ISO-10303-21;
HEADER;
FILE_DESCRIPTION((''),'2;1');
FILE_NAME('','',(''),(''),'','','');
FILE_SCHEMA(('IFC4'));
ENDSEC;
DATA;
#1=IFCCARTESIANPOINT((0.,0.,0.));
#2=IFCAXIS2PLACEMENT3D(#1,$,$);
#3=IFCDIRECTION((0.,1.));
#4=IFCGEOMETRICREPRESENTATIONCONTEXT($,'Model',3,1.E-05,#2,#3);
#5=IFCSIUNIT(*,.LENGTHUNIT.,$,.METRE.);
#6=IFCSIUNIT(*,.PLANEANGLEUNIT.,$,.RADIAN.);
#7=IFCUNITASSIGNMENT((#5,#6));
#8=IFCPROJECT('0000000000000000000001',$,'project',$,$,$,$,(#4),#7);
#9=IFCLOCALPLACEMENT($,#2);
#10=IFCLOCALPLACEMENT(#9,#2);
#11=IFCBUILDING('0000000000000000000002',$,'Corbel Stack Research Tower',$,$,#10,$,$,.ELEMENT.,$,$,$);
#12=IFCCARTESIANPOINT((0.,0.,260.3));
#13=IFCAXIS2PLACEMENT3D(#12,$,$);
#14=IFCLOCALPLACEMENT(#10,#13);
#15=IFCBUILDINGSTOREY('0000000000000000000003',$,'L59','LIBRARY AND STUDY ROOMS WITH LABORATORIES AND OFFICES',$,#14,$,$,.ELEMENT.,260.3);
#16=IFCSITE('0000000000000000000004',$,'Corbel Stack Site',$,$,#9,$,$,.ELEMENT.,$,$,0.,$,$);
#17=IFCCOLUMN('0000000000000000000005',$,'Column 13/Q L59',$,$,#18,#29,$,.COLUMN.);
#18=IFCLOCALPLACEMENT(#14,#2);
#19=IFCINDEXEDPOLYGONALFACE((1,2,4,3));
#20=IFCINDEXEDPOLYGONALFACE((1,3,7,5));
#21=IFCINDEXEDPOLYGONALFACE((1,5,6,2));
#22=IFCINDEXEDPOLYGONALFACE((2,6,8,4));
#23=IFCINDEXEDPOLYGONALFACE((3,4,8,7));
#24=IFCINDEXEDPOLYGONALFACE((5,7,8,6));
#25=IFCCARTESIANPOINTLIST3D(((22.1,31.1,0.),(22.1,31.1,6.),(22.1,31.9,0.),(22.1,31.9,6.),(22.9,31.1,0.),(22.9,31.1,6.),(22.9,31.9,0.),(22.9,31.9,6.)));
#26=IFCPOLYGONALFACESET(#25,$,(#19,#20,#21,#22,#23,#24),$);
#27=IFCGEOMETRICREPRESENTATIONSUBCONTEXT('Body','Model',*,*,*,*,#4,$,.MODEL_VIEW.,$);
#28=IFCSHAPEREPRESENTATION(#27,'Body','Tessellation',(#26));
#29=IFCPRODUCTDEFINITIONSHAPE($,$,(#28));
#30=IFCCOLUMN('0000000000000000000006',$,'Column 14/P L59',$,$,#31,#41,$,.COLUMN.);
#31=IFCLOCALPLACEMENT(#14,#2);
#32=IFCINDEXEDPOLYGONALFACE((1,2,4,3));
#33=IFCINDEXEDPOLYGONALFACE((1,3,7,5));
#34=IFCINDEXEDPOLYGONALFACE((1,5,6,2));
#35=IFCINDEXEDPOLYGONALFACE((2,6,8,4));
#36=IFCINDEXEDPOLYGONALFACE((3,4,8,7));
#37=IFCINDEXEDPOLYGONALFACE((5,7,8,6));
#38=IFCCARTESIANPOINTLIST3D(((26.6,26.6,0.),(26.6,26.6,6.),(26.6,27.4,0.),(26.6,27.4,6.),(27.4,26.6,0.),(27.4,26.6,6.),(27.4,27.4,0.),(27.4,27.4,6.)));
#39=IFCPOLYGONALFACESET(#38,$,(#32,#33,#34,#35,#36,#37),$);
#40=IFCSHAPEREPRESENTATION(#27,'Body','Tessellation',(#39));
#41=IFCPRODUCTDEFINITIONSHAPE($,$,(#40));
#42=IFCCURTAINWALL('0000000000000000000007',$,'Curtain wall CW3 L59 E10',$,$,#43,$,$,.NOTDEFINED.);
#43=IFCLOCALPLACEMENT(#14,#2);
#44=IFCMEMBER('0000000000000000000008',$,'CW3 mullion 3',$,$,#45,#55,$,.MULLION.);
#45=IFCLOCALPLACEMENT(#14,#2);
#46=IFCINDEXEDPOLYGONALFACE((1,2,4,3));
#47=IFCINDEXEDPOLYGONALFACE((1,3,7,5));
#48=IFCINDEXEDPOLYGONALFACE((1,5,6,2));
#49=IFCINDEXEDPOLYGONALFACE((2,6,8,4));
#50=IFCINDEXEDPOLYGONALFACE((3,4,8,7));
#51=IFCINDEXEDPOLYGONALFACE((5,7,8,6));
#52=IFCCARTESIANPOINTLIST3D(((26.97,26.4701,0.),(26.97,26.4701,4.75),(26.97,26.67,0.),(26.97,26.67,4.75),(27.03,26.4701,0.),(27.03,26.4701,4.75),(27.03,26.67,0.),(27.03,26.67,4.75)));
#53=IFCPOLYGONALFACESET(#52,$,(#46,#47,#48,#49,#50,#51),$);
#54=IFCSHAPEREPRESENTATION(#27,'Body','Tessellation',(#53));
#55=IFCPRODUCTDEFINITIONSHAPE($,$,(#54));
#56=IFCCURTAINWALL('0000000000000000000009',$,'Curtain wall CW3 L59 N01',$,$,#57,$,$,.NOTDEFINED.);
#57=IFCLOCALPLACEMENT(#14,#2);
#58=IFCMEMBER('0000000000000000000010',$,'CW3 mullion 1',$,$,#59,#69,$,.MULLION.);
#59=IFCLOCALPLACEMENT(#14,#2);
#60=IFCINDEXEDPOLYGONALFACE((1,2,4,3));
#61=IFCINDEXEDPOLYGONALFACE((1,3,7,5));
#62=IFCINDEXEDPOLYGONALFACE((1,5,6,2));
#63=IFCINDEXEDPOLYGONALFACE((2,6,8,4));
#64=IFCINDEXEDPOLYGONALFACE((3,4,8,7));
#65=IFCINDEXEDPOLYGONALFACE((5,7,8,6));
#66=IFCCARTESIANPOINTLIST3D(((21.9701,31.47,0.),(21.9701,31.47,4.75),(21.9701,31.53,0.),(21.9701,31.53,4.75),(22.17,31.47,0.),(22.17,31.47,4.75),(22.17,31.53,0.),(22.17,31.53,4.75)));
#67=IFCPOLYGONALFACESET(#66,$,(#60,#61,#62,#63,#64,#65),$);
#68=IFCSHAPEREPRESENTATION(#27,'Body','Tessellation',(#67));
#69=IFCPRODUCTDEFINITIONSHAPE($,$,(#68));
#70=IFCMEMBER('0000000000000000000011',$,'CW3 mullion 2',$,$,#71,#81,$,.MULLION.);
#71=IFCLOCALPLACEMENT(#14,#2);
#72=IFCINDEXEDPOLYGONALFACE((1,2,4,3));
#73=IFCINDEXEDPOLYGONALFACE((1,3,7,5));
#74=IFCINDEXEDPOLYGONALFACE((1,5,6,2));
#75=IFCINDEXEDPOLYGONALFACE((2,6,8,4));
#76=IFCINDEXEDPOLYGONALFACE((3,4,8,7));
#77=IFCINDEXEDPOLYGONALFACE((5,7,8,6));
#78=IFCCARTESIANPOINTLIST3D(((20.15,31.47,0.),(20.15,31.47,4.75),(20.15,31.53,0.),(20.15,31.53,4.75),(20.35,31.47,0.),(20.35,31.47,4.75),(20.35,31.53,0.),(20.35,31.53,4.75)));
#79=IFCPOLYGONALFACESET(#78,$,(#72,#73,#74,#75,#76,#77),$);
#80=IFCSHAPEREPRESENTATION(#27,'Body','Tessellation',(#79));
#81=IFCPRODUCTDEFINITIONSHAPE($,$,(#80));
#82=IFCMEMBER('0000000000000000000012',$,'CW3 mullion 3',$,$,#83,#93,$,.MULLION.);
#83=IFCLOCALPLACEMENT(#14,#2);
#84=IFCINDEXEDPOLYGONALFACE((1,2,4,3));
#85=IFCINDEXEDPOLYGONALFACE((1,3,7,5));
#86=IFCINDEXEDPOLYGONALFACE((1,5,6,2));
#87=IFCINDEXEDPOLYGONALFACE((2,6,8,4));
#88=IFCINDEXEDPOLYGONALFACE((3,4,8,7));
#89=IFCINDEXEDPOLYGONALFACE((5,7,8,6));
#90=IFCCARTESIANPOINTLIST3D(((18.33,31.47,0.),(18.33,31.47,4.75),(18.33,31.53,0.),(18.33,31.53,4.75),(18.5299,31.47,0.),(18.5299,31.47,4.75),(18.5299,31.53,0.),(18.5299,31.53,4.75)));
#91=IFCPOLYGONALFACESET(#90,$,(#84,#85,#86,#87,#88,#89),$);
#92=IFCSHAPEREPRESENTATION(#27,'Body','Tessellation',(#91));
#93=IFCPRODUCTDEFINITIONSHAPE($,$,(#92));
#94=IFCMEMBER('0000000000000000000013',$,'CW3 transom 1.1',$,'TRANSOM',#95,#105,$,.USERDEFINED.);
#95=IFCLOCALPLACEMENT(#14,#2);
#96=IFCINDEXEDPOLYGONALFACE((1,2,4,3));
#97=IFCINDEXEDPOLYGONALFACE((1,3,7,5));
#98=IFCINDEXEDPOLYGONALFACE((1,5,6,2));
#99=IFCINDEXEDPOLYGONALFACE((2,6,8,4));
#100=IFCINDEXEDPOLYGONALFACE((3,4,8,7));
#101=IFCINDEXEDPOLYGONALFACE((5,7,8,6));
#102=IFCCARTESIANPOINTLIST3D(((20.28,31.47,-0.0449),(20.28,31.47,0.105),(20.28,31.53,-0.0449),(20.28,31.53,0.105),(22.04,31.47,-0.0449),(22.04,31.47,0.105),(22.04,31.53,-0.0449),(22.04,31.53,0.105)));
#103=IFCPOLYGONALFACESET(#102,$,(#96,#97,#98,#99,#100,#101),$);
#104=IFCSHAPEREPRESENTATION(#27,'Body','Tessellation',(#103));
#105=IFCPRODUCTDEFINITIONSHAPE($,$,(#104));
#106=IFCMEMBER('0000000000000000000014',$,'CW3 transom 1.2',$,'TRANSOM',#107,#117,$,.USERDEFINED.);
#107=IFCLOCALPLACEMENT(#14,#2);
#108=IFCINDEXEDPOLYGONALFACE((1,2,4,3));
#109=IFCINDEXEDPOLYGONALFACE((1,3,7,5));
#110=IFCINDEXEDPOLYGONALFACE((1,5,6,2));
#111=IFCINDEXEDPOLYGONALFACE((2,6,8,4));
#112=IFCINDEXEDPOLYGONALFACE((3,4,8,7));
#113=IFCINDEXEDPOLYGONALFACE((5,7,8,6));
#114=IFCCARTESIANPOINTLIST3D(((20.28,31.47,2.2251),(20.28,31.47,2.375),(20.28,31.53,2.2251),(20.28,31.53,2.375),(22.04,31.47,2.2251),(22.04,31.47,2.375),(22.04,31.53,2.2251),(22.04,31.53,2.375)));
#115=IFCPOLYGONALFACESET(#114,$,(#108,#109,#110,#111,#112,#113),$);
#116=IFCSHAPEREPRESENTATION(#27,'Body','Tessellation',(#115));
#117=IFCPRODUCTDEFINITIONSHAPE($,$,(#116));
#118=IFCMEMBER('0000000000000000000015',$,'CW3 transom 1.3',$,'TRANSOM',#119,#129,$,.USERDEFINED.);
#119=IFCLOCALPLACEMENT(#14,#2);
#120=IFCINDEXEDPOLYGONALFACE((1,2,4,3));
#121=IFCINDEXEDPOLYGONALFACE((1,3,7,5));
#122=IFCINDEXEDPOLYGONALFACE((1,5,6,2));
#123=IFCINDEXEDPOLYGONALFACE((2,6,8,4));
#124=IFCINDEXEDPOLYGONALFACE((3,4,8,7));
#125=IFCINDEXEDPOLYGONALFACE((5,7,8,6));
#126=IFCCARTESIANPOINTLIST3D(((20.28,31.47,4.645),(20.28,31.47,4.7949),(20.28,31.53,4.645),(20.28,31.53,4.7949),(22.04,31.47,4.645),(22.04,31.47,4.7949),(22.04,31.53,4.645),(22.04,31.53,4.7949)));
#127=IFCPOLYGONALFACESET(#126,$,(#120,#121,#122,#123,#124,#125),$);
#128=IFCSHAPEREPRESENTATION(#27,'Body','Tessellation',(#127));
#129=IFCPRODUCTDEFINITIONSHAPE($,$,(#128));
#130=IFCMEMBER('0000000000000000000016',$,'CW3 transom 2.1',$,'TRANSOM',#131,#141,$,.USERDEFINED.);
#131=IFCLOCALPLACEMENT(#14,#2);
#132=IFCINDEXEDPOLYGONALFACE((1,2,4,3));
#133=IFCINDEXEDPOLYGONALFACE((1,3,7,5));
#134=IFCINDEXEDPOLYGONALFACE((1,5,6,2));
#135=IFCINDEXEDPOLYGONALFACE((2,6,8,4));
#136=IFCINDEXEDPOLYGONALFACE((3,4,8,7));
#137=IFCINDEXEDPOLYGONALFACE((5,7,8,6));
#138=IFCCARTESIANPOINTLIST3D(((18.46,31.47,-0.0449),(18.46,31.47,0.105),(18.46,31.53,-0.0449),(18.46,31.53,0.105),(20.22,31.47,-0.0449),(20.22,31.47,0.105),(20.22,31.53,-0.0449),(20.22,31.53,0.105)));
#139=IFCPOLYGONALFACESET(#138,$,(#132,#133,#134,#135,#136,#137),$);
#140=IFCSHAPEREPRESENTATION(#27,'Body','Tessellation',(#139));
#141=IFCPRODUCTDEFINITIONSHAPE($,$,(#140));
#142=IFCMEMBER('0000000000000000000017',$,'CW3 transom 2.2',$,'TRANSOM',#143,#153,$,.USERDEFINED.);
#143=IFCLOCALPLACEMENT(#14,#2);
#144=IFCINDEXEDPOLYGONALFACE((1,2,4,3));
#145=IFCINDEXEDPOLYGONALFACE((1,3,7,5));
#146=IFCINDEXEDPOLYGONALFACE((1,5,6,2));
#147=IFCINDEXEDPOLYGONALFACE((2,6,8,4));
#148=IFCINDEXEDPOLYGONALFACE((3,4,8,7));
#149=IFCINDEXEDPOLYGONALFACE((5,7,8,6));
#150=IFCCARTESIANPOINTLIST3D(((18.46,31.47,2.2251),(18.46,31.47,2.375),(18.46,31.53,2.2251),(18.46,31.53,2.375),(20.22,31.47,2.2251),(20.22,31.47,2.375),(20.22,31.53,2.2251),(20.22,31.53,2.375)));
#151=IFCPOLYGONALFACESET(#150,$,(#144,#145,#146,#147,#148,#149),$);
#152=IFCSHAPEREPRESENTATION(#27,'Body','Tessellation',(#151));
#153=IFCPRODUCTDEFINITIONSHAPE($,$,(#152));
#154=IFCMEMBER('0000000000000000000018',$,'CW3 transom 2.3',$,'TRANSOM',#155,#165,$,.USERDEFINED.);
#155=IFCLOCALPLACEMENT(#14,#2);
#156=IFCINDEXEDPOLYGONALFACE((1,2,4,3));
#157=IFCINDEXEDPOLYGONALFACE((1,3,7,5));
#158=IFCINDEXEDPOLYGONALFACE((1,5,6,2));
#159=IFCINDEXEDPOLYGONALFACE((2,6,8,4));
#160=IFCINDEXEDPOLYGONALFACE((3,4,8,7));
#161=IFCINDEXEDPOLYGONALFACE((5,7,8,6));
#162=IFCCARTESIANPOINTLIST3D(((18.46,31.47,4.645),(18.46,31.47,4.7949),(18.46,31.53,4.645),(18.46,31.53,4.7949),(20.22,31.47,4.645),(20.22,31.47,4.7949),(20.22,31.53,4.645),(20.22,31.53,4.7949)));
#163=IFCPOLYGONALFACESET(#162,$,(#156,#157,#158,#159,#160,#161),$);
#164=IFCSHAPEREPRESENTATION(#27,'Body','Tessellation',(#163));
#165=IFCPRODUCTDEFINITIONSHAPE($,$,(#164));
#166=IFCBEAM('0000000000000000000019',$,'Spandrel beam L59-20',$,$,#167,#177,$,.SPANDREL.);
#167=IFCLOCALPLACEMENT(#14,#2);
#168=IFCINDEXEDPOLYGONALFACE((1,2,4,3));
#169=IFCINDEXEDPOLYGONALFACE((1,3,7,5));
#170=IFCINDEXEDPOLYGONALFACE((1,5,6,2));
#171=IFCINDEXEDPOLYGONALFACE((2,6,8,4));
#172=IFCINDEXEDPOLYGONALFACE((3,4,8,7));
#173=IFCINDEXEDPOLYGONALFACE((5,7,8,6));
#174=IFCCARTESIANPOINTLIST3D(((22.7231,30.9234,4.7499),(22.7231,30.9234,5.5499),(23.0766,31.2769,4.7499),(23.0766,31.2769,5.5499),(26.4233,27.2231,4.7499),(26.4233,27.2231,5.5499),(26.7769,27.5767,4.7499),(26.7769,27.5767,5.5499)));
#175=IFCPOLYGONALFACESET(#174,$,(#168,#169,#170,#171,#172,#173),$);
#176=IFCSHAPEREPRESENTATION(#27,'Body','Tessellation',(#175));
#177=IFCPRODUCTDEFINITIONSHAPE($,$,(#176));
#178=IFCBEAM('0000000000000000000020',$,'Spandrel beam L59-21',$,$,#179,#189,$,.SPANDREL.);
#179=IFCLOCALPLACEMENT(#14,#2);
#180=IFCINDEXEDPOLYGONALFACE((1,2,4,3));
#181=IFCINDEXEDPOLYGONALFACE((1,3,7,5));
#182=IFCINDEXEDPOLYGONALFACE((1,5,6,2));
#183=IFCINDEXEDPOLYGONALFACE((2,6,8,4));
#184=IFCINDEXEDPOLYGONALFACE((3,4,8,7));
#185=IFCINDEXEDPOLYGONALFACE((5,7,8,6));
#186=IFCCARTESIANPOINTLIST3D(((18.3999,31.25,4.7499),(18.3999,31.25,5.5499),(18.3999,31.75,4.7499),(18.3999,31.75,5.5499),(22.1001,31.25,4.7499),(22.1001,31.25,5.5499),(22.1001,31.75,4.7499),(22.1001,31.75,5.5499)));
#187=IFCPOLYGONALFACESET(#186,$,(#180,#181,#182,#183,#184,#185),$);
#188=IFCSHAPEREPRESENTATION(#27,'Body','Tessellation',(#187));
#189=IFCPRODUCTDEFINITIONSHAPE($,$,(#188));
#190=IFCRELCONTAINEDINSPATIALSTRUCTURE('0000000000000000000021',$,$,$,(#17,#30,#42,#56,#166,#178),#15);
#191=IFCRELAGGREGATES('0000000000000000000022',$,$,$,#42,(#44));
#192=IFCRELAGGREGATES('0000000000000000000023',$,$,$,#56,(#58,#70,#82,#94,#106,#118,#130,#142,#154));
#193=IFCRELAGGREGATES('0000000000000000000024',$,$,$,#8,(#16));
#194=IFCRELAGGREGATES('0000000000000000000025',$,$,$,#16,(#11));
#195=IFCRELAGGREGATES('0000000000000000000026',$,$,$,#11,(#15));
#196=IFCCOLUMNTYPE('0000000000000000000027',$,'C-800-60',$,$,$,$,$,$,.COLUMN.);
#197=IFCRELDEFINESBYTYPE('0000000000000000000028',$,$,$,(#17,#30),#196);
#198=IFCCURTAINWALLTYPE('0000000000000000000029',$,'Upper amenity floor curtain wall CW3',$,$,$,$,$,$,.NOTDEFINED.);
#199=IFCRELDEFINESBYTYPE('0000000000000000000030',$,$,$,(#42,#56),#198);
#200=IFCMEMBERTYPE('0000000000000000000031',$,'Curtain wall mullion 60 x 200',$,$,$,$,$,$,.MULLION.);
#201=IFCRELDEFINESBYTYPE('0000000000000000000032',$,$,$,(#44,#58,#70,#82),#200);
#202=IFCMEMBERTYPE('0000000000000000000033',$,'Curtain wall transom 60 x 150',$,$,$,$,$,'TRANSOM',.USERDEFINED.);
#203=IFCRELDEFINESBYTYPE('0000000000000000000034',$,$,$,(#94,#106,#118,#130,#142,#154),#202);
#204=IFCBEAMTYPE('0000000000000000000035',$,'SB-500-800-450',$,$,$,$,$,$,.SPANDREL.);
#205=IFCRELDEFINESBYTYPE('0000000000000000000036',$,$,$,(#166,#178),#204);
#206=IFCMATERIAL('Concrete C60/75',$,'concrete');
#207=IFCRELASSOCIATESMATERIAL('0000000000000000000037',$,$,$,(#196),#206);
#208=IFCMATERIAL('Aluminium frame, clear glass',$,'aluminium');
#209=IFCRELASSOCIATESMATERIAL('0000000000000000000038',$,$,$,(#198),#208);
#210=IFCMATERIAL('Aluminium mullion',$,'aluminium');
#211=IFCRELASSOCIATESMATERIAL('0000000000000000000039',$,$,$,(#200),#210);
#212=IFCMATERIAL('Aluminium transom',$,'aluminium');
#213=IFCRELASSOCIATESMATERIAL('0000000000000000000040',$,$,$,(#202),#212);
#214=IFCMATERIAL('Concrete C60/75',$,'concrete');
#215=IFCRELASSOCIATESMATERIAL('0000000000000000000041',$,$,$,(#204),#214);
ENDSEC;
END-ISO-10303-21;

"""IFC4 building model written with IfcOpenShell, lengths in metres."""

from ifc_helpers import new_model, si_unit, direction, frame, origin, origin_2d, place, context, subcontext, project, spatial, rectangle, extrude, material, material_profile, profile_set, type_object, element, aggregate, save


model = new_model("IFC4")

# Units and contexts
model_context = context("Model", 3, precision=1e-05, world=origin(), true_north=direction((0.0, 1.0)))
body_context = subcontext(model_context, "Body", "Model", "MODEL_VIEW")
ifc_project = project(units=[si_unit("LENGTHUNIT", "METRE"), si_unit("PLANEANGLEUNIT", "RADIAN")], contexts=[model_context])

# Site, building, storey
site_placement = place(None, origin())
site = spatial("IfcSite", under=ifc_project, at=site_placement, Name="Corbel Stack Site", CompositionType="ELEMENT", RefElevation=0.0)
building_placement = place(site_placement, origin())
building = spatial("IfcBuilding", under=site, at=building_placement, Name="Corbel Stack Research Tower", CompositionType="ELEMENT")
storey_placement = place(building_placement, frame((0.0, 0.0, 260.3)))
storey = spatial("IfcBuildingStorey", under=building, at=storey_placement, Name="L59", Description="LIBRARY AND STUDY ROOMS WITH LABORATORIES AND OFFICES", CompositionType="ELEMENT", Elevation=260.3)

# Columns
ifc_material_1 = material(Name="Concrete C60/75", Category="concrete")
ifc_material_profile_1 = material_profile(ifc_material_1, rectangle(XDim=0.8, YDim=0.8, at=origin_2d()), Name="RC 800 x 800")
ifc_profile_set_1 = profile_set([ifc_material_profile_1], Name="Concrete C60/75")
column_type = type_object("IfcColumnType", Name="C-800-60", PredefinedType="COLUMN", material=ifc_profile_set_1)
for number, where, z_axis, x_axis, name in (
    (1, (22.5, 31.5, 0.0), (0.0, 0.0, 1.0), (1.0, 0.0, 0.0), "Column 13/Q L59"),
    (2, (27.0, 27.0, 0.0), (0.0, 0.0, 1.0), (1.0, 0.0, 0.0), "Column 14/P L59"),
):
    element("IfcColumn", number, at=place(storey_placement, frame(where, z_axis=z_axis, x_axis=x_axis)), inside=storey, type_object=column_type, Name=name, PredefinedType="COLUMN", context=body_context, shape_type="SweptSolid", body=[
        extrude(rectangle(XDim=0.8, YDim=0.8, at=origin_2d()), origin(), (0.0, 0.0, 1.0), 6.0),
    ])

# Curtain wall, member
ifc_material_2 = material(Name="Aluminium frame, clear glass", Category="aluminium")
curtain_wall_type = type_object("IfcCurtainWallType", Name="Upper amenity floor curtain wall CW3", PredefinedType="NOTDEFINED", material=ifc_material_2)
curtain_wall_1_placement = place(storey_placement, origin())
curtain_wall_1 = element("IfcCurtainWall", 3, at=curtain_wall_1_placement, inside=storey, type_object=curtain_wall_type, Name="Curtain wall CW3 L59 E10", PredefinedType="NOTDEFINED")
ifc_material_3 = material(Name="Aluminium mullion", Category="aluminium")
ifc_material_profile_2 = material_profile(ifc_material_3, rectangle(XDim=0.0601, YDim=0.2, at=origin_2d()), Name="Mullion 60 x 200")
ifc_profile_set_2 = profile_set([ifc_material_profile_2], Name="Aluminium mullion")
member_type_1 = type_object("IfcMemberType", Name="Curtain wall mullion 60 x 200", PredefinedType="MULLION", material=ifc_profile_set_2)
member_1_placement = place(storey_placement, frame((27.0, 26.5701, 0.0), z_axis=(0.0, 0.0, 1.0), x_axis=(-1.0, 0.0, 0.0)))
member_1 = element("IfcMember", 4, at=member_1_placement, type_object=member_type_1, Name="CW3 mullion 3", PredefinedType="MULLION", context=body_context, shape_type="SweptSolid", body=[
    extrude(rectangle(XDim=0.0601, YDim=0.2, at=origin_2d()), origin(), (0.0, 0.0, 1.0), 4.75),
])
aggregate(curtain_wall_1, [member_1])

# Curtain wall, members
curtain_wall_2_placement = place(storey_placement, origin())
curtain_wall_2 = element("IfcCurtainWall", 5, at=curtain_wall_2_placement, inside=storey, type_object=curtain_wall_type, Name="Curtain wall CW3 L59 N01", PredefinedType="NOTDEFINED")
member_2_placement = place(storey_placement, frame((22.0701, 31.5, 0.0), z_axis=(0.0, 0.0, 1.0), x_axis=(0.0, -1.0, 0.0)))
member_2 = element("IfcMember", 6, at=member_2_placement, type_object=member_type_1, Name="CW3 mullion 1", PredefinedType="MULLION", context=body_context, shape_type="SweptSolid", body=[
    extrude(rectangle(XDim=0.0601, YDim=0.2, at=origin_2d()), origin(), (0.0, 0.0, 1.0), 4.75),
])
member_3_placement = place(storey_placement, frame((20.25, 31.5, 0.0), z_axis=(0.0, 0.0, 1.0), x_axis=(0.0, -1.0, 0.0)))
member_3 = element("IfcMember", 7, at=member_3_placement, type_object=member_type_1, Name="CW3 mullion 2", PredefinedType="MULLION", context=body_context, shape_type="SweptSolid", body=[
    extrude(rectangle(XDim=0.0601, YDim=0.2, at=origin_2d()), origin(), (0.0, 0.0, 1.0), 4.75),
])
member_4_placement = place(storey_placement, frame((18.4299, 31.5, 0.0), z_axis=(0.0, 0.0, 1.0), x_axis=(0.0, -1.0, 0.0)))
member_4 = element("IfcMember", 8, at=member_4_placement, type_object=member_type_1, Name="CW3 mullion 3", PredefinedType="MULLION", context=body_context, shape_type="SweptSolid", body=[
    extrude(rectangle(XDim=0.0601, YDim=0.2, at=origin_2d()), origin(), (0.0, 0.0, 1.0), 4.75),
])
ifc_material_4 = material(Name="Aluminium transom", Category="aluminium")
ifc_material_profile_3 = material_profile(ifc_material_4, rectangle(XDim=0.0601, YDim=0.1499, at=origin_2d()), Name="Transom 60 x 150")
ifc_profile_set_3 = profile_set([ifc_material_profile_3], Name="Aluminium transom")
member_type_2 = type_object("IfcMemberType", Name="Curtain wall transom 60 x 150", ElementType="TRANSOM", PredefinedType="USERDEFINED", material=ifc_profile_set_3)
member_5_placement = place(storey_placement, frame((22.04, 31.5, 0.03), z_axis=(-1.0, 0.0, 0.0), x_axis=(0.0, -1.0, 0.0)))
member_5 = element("IfcMember", 9, at=member_5_placement, type_object=member_type_2, Name="CW3 transom 1.1", ObjectType="TRANSOM", PredefinedType="USERDEFINED", context=body_context, shape_type="SweptSolid", body=[
    extrude(rectangle(XDim=0.0601, YDim=0.1499, at=origin_2d()), origin(), (0.0, 0.0, 1.0), 1.76),
])
member_6_placement = place(storey_placement, frame((22.04, 31.5, 2.3), z_axis=(-1.0, 0.0, 0.0), x_axis=(0.0, -1.0, 0.0)))
member_6 = element("IfcMember", 10, at=member_6_placement, type_object=member_type_2, Name="CW3 transom 1.2", ObjectType="TRANSOM", PredefinedType="USERDEFINED", context=body_context, shape_type="SweptSolid", body=[
    extrude(rectangle(XDim=0.0601, YDim=0.1499, at=origin_2d()), origin(), (0.0, 0.0, 1.0), 1.76),
])
member_7_placement = place(storey_placement, frame((22.04, 31.5, 4.72), z_axis=(-1.0, 0.0, 0.0), x_axis=(0.0, -1.0, 0.0)))
member_7 = element("IfcMember", 11, at=member_7_placement, type_object=member_type_2, Name="CW3 transom 1.3", ObjectType="TRANSOM", PredefinedType="USERDEFINED", context=body_context, shape_type="SweptSolid", body=[
    extrude(rectangle(XDim=0.0601, YDim=0.1499, at=origin_2d()), origin(), (0.0, 0.0, 1.0), 1.76),
])
member_8_placement = place(storey_placement, frame((20.22, 31.5, 0.03), z_axis=(-1.0, 0.0, 0.0), x_axis=(0.0, -1.0, 0.0)))
member_8 = element("IfcMember", 12, at=member_8_placement, type_object=member_type_2, Name="CW3 transom 2.1", ObjectType="TRANSOM", PredefinedType="USERDEFINED", context=body_context, shape_type="SweptSolid", body=[
    extrude(rectangle(XDim=0.0601, YDim=0.1499, at=origin_2d()), origin(), (0.0, 0.0, 1.0), 1.76),
])
member_9_placement = place(storey_placement, frame((20.22, 31.5, 2.3), z_axis=(-1.0, 0.0, 0.0), x_axis=(0.0, -1.0, 0.0)))
member_9 = element("IfcMember", 13, at=member_9_placement, type_object=member_type_2, Name="CW3 transom 2.2", ObjectType="TRANSOM", PredefinedType="USERDEFINED", context=body_context, shape_type="SweptSolid", body=[
    extrude(rectangle(XDim=0.0601, YDim=0.1499, at=origin_2d()), origin(), (0.0, 0.0, 1.0), 1.76),
])
member_10_placement = place(storey_placement, frame((20.22, 31.5, 4.72), z_axis=(-1.0, 0.0, 0.0), x_axis=(0.0, -1.0, 0.0)))
member_10 = element("IfcMember", 14, at=member_10_placement, type_object=member_type_2, Name="CW3 transom 2.3", ObjectType="TRANSOM", PredefinedType="USERDEFINED", context=body_context, shape_type="SweptSolid", body=[
    extrude(rectangle(XDim=0.0601, YDim=0.1499, at=origin_2d()), origin(), (0.0, 0.0, 1.0), 1.76),
])

# Beams
ifc_material_5 = material(Name="Concrete C60/75", Category="concrete")
ifc_material_profile_4 = material_profile(ifc_material_5, rectangle(XDim=0.5, YDim=0.8, at=origin_2d()), Name="RC 500 x 800")
ifc_profile_set_4 = profile_set([ifc_material_profile_4], Name="Concrete C60/75")
beam_type = type_object("IfcBeamType", Name="SB-500-800-450", PredefinedType="SPANDREL", material=ifc_profile_set_4)
beam_1_placement = place(storey_placement, frame((26.6001, 27.3999, 5.1499), z_axis=(-0.707107, 0.707107, 0.0), x_axis=(-0.707107, -0.707107, 0.0)))
element("IfcBeam", 15, at=beam_1_placement, inside=storey, type_object=beam_type, Name="Spandrel beam L59-20", PredefinedType="SPANDREL", context=body_context, shape_type="SweptSolid", body=[
    extrude(rectangle(XDim=0.5, YDim=0.8, at=origin_2d()), origin(), (0.0, 0.0, 1.0), 5.2329),
])
beam_2_placement = place(storey_placement, frame((22.1001, 31.5, 5.1499), z_axis=(-1.0, 0.0, 0.0), x_axis=(0.0, -1.0, 0.0)))
element("IfcBeam", 16, at=beam_2_placement, inside=storey, type_object=beam_type, Name="Spandrel beam L59-21", PredefinedType="SPANDREL", context=body_context, shape_type="SweptSolid", body=[
    extrude(rectangle(XDim=0.5, YDim=0.8, at=origin_2d()), origin(), (0.0, 0.0, 1.0), 3.7002),
])

aggregate(curtain_wall_2, [member_2, member_3, member_4, member_5, member_6, member_7, member_8, member_9, member_10])

save(model, "model.ifc")
